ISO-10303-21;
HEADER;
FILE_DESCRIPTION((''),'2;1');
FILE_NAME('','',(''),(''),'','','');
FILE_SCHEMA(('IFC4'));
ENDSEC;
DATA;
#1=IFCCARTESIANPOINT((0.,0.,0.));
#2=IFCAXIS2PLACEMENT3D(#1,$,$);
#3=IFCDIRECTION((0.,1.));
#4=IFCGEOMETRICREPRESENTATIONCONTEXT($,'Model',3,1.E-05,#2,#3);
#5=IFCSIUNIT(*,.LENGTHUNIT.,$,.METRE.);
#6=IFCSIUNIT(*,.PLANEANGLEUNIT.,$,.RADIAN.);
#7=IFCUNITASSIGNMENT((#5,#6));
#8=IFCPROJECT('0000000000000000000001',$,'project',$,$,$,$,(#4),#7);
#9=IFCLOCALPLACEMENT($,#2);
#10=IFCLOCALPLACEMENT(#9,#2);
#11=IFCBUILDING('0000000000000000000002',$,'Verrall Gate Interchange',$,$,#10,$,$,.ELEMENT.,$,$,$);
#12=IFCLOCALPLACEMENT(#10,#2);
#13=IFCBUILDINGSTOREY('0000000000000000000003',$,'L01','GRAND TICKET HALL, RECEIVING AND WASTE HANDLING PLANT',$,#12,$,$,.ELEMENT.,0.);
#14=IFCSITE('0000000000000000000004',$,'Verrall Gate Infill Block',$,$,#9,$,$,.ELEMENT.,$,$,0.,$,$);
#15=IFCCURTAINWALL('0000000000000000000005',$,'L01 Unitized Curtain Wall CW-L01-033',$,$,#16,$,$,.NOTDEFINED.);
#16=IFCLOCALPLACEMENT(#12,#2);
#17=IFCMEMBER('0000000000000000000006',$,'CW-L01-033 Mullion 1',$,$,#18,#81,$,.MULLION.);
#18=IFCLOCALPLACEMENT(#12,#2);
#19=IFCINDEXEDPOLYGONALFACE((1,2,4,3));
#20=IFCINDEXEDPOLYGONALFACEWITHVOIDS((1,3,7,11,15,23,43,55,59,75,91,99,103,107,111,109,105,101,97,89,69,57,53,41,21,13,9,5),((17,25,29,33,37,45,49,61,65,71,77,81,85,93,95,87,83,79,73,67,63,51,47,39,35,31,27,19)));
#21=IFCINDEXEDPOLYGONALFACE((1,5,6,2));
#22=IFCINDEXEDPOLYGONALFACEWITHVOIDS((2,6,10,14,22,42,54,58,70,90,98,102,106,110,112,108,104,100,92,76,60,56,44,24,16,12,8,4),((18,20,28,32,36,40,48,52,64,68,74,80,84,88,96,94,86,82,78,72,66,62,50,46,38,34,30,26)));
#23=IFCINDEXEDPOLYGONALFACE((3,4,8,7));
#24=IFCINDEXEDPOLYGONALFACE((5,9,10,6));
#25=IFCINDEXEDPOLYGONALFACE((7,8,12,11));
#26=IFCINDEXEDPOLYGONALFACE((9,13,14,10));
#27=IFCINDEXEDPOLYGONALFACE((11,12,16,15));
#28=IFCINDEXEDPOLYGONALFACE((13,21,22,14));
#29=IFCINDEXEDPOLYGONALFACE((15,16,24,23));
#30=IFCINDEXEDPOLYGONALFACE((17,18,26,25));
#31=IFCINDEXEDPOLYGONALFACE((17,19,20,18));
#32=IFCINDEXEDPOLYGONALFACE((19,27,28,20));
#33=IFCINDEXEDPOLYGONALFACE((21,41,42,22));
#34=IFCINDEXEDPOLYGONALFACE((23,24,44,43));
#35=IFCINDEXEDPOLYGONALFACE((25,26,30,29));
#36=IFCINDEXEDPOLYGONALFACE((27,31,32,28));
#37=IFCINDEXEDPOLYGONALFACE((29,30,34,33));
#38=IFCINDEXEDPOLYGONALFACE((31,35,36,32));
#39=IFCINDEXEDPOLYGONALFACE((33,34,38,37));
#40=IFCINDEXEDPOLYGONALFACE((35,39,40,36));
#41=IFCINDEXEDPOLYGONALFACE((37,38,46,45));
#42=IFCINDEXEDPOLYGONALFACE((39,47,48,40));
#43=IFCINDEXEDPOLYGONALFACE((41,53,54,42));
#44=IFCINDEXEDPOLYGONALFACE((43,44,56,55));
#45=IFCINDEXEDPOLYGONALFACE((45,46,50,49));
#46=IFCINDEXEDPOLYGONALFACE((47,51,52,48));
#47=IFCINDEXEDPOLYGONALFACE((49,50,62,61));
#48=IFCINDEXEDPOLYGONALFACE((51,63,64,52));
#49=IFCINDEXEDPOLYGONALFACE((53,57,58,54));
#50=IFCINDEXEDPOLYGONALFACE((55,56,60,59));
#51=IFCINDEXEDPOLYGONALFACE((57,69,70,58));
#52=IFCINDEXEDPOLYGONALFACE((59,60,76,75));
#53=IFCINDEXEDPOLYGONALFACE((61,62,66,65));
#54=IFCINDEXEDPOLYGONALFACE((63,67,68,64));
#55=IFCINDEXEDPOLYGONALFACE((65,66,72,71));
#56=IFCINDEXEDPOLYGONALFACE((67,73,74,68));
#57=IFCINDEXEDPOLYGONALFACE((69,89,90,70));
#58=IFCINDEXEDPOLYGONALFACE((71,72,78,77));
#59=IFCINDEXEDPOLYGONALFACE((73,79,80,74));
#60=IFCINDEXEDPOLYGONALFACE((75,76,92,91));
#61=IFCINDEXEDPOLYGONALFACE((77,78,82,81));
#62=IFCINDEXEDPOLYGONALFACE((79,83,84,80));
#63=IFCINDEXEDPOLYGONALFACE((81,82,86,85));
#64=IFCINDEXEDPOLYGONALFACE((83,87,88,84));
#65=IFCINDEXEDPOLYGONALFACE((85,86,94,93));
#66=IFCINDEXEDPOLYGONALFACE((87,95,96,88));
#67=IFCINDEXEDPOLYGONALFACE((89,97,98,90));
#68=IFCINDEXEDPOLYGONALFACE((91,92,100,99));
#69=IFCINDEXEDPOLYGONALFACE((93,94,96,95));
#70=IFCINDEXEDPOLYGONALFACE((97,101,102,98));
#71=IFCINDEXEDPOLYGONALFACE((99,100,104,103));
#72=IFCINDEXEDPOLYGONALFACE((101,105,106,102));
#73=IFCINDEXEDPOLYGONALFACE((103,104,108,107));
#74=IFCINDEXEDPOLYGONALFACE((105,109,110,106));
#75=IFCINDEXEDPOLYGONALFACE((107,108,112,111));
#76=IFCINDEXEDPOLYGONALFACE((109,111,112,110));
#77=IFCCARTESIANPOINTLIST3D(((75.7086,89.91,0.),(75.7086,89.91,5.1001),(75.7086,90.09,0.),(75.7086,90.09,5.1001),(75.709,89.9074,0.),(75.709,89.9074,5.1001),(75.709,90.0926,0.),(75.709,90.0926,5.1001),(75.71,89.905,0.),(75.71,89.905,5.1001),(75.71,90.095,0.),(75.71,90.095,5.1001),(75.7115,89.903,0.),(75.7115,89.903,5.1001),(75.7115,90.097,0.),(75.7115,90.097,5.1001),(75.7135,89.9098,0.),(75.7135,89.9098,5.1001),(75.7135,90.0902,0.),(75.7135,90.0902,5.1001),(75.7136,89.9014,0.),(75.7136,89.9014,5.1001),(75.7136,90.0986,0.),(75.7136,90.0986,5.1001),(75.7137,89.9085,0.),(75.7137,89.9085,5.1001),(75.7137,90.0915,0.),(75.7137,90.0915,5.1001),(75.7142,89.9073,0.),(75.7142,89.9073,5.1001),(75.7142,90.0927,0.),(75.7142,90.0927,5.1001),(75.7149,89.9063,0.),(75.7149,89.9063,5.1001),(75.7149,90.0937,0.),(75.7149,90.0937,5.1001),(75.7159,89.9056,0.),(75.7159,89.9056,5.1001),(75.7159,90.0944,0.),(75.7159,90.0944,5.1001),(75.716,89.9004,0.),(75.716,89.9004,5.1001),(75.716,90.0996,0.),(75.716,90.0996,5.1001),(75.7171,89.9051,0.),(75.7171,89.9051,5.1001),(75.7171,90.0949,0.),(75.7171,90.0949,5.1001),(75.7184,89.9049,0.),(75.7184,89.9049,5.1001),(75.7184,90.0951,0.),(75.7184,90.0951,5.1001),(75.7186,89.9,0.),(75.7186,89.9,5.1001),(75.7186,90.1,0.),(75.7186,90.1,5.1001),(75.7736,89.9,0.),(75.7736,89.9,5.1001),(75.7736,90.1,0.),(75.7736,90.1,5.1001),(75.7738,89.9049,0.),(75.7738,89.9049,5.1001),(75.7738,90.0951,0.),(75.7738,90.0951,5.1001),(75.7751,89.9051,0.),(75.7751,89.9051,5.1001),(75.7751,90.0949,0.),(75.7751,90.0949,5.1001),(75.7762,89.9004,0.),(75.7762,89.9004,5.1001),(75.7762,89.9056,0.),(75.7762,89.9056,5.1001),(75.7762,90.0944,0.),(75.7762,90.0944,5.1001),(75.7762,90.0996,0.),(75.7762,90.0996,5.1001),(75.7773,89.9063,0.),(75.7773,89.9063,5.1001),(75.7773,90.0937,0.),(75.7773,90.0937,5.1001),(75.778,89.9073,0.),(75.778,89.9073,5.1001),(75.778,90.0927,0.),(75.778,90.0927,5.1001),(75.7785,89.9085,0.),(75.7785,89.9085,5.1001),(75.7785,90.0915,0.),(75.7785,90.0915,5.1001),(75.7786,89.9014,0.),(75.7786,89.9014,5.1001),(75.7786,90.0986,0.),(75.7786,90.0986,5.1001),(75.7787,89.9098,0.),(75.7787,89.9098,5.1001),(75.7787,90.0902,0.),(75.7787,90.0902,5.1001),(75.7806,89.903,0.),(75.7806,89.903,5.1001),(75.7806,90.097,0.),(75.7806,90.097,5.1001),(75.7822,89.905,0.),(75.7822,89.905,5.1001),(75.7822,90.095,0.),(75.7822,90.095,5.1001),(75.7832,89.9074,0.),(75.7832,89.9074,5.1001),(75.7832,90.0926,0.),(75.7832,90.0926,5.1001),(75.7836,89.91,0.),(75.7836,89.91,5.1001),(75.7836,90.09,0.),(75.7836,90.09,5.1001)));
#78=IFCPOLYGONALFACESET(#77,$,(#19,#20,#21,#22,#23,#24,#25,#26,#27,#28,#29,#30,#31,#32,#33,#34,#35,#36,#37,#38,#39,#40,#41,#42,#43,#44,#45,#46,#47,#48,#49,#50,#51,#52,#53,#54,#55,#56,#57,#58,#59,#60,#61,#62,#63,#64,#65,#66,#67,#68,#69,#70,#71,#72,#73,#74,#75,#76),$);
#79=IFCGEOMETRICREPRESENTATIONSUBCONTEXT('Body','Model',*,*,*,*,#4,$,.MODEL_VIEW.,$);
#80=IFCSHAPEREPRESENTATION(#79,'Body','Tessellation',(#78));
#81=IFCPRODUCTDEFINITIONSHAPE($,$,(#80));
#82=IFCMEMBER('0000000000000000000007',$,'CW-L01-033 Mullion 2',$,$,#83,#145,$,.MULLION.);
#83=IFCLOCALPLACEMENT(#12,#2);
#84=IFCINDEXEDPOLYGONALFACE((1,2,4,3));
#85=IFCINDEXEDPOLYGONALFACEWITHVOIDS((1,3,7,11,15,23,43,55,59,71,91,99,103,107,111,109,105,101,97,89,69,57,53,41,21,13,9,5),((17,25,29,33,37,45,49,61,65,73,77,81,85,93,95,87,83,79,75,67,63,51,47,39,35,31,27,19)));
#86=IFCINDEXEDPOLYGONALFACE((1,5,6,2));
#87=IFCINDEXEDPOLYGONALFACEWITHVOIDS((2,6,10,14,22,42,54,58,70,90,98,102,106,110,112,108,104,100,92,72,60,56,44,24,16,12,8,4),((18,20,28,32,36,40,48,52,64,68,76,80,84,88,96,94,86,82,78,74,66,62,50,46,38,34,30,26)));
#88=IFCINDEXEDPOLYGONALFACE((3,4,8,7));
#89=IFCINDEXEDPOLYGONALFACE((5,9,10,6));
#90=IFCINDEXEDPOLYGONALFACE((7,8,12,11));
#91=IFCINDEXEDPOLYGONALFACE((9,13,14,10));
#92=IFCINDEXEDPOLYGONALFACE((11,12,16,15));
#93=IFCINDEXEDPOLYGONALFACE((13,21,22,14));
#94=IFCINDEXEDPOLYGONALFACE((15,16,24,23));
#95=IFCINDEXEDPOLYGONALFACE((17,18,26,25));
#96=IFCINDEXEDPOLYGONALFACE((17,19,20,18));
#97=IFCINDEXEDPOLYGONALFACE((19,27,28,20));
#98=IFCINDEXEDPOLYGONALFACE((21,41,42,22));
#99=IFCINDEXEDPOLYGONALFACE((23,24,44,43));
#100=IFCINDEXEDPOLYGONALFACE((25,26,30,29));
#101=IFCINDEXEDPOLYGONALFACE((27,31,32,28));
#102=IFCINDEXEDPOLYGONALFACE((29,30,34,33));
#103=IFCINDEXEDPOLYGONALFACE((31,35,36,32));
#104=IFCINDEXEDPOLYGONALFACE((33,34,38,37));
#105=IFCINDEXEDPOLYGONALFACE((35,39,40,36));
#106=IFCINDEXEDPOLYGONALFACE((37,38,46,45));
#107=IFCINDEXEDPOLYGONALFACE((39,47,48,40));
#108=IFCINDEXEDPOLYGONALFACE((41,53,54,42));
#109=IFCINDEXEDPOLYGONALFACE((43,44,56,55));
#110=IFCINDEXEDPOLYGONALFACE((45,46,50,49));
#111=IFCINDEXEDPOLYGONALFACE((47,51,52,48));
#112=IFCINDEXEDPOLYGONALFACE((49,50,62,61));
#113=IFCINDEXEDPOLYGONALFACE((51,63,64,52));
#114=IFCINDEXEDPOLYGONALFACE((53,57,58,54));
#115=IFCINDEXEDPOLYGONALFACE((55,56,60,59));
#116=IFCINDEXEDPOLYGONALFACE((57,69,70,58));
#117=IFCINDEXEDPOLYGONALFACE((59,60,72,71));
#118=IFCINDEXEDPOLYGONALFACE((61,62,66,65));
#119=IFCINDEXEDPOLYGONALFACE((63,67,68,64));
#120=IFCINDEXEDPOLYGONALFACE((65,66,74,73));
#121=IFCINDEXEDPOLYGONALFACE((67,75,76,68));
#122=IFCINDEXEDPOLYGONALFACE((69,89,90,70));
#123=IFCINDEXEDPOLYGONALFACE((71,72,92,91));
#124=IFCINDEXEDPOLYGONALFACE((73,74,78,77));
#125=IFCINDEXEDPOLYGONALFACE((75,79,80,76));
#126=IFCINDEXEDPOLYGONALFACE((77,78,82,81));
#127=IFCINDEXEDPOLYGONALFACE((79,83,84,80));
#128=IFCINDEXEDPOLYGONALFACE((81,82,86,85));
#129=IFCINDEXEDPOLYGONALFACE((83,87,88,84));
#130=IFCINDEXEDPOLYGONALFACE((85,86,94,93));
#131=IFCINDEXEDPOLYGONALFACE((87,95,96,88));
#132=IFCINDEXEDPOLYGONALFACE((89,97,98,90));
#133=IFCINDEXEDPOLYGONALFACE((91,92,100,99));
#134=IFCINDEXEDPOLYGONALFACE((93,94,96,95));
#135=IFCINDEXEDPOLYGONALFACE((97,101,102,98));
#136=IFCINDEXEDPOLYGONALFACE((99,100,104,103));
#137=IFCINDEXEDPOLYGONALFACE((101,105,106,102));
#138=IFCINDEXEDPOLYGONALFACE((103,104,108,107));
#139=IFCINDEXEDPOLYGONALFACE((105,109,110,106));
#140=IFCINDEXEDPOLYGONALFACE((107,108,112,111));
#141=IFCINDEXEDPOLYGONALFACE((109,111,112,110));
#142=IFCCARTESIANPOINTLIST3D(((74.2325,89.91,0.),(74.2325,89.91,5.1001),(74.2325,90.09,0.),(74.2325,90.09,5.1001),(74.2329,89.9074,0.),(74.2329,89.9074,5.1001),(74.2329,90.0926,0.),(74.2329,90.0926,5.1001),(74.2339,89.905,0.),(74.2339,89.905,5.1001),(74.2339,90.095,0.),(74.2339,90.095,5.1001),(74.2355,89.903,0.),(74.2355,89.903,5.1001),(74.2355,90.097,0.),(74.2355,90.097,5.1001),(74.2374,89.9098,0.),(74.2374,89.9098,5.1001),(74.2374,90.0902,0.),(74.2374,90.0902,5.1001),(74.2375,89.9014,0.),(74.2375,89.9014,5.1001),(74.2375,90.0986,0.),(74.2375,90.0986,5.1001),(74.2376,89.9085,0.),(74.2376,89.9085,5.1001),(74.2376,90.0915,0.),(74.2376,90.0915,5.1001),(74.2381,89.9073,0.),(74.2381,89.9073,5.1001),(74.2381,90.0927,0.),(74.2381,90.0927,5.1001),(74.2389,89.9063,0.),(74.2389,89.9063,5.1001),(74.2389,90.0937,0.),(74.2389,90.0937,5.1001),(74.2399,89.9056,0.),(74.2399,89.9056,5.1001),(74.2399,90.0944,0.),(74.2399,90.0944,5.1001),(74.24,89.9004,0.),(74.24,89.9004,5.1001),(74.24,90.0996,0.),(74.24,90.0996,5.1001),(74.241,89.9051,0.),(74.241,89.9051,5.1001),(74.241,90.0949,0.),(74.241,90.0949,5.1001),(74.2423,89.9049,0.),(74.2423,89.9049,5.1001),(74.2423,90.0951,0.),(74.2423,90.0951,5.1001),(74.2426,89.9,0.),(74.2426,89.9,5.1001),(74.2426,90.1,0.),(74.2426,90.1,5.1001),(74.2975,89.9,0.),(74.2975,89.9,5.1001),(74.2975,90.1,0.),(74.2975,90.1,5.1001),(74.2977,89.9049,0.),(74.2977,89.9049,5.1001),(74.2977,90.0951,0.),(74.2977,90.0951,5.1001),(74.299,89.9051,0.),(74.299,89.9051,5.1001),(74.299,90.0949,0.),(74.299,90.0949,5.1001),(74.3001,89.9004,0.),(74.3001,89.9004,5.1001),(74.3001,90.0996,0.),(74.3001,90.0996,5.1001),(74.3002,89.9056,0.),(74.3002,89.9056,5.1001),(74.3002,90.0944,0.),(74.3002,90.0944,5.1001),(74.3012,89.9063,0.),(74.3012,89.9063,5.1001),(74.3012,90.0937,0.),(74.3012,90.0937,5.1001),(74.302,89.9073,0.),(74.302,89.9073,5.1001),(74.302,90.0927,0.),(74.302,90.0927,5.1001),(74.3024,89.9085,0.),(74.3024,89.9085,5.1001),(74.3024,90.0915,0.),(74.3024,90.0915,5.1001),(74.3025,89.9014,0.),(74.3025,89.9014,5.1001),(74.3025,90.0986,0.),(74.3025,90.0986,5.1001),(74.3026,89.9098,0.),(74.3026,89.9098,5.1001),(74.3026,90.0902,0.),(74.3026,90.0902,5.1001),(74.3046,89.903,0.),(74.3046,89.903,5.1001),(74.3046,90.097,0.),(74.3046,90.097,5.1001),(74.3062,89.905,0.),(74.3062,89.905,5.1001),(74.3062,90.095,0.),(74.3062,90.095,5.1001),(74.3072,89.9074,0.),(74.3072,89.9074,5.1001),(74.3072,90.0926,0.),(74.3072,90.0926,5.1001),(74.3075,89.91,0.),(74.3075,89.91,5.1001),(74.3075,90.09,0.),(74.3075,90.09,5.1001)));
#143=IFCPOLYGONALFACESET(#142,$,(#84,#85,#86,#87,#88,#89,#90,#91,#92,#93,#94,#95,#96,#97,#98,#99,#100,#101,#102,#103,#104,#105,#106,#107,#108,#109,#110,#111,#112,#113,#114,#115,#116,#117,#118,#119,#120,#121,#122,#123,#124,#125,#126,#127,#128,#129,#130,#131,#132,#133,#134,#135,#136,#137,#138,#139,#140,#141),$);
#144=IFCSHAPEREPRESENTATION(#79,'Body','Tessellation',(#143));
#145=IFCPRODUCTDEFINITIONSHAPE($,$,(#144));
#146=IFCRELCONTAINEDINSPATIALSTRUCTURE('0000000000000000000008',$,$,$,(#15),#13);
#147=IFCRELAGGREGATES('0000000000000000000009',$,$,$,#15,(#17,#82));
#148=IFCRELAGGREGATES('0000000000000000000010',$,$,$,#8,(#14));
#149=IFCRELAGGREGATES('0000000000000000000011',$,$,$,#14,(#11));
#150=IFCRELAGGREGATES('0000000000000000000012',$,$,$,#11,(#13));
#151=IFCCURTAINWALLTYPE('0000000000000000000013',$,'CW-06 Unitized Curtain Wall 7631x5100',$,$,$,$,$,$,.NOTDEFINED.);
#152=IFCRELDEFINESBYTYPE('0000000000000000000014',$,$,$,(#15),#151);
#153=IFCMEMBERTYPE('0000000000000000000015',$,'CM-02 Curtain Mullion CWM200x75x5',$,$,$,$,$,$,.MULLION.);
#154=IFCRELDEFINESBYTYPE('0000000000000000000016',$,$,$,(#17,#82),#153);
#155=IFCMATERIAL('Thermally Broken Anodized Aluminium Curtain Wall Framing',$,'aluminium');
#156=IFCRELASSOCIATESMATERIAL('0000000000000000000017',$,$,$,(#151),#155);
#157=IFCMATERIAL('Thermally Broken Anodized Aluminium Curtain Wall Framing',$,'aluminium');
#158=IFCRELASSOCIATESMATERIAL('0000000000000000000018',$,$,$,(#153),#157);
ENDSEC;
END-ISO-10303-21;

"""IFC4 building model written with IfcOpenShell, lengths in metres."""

from ifc_helpers import new_model, si_unit, direction, frame, origin, origin_2d, place, context, subcontext, project, spatial, hollow_rectangle, extrude, material, material_profile, profile_set, type_object, element, aggregate, save


model = new_model("IFC4")

# Units and contexts
model_context = context("Model", 3, precision=1e-05, world=origin(), true_north=direction((0.0, 1.0)))
body_context = subcontext(model_context, "Body", "Model", "MODEL_VIEW")
ifc_project = project(units=[si_unit("LENGTHUNIT", "METRE"), si_unit("PLANEANGLEUNIT", "RADIAN")], contexts=[model_context])

# Site, building, storey
site_placement = place(None, origin())
site = spatial("IfcSite", under=ifc_project, at=site_placement, Name="Verrall Gate Infill Block", CompositionType="ELEMENT", RefElevation=0.0)
building_placement = place(site_placement, origin())
building = spatial("IfcBuilding", under=site, at=building_placement, Name="Verrall Gate Interchange", CompositionType="ELEMENT")
storey_placement = place(building_placement, origin())
storey = spatial("IfcBuildingStorey", under=building, at=storey_placement, Name="L01", Description="GRAND TICKET HALL, RECEIVING AND WASTE HANDLING PLANT", CompositionType="ELEMENT", Elevation=0.0)

# Curtain wall, members
ifc_material_1 = material(Name="Thermally Broken Anodized Aluminium Curtain Wall Framing", Category="aluminium")
curtain_wall_type = type_object("IfcCurtainWallType", Name="CW-06 Unitized Curtain Wall 7631x5100", PredefinedType="NOTDEFINED", material=ifc_material_1)
curtain_wall_placement = place(storey_placement, origin())
curtain_wall = element("IfcCurtainWall", 1, at=curtain_wall_placement, inside=storey, type_object=curtain_wall_type, Name="L01 Unitized Curtain Wall CW-L01-033", PredefinedType="NOTDEFINED")
ifc_material_2 = material(Name="Thermally Broken Anodized Aluminium Curtain Wall Framing", Category="aluminium")
ifc_material_profile_1 = material_profile(ifc_material_2, hollow_rectangle(XDim=0.075, YDim=0.2, WallThickness=0.0049, InnerFilletRadius=0.0049, OuterFilletRadius=0.01, at=origin_2d()), Name="CWM200x75x5")
ifc_profile_set_1 = profile_set([ifc_material_profile_1], Name="Thermally Broken Anodized Aluminium Curtain Wall Framing")
member_type_1 = type_object("IfcMemberType", Name="CM-02 Curtain Mullion CWM200x75x5", PredefinedType="MULLION", material=ifc_profile_set_1)
member_1_placement = place(storey_placement, frame((75.7461, 90.0, 0.0), z_axis=(0.0, 0.0, 1.0), x_axis=(-1.0, 0.0, 0.0)))
member_1 = element("IfcMember", 2, at=member_1_placement, type_object=member_type_1, Name="CW-L01-033 Mullion 1", PredefinedType="MULLION", context=body_context, shape_type="SweptSolid", body=[
    extrude(hollow_rectangle(XDim=0.075, YDim=0.2, WallThickness=0.0049, InnerFilletRadius=0.0049, OuterFilletRadius=0.01, at=origin_2d()), origin(), (0.0, 0.0, 1.0), 5.1001),
])
member_2_placement = place(storey_placement, frame((74.27, 90.0, 0.0), z_axis=(0.0, 0.0, 1.0), x_axis=(-1.0, 0.0, 0.0)))
member_2 = element("IfcMember", 3, at=member_2_placement, type_object=member_type_1, Name="CW-L01-033 Mullion 2", PredefinedType="MULLION", context=body_context, shape_type="SweptSolid", body=[
    extrude(hollow_rectangle(XDim=0.075, YDim=0.2, WallThickness=0.0049, InnerFilletRadius=0.0049, OuterFilletRadius=0.01, at=origin_2d()), origin(), (0.0, 0.0, 1.0), 5.1001),
])
aggregate(curtain_wall, [member_1, member_2])

save(model, "model.ifc")
